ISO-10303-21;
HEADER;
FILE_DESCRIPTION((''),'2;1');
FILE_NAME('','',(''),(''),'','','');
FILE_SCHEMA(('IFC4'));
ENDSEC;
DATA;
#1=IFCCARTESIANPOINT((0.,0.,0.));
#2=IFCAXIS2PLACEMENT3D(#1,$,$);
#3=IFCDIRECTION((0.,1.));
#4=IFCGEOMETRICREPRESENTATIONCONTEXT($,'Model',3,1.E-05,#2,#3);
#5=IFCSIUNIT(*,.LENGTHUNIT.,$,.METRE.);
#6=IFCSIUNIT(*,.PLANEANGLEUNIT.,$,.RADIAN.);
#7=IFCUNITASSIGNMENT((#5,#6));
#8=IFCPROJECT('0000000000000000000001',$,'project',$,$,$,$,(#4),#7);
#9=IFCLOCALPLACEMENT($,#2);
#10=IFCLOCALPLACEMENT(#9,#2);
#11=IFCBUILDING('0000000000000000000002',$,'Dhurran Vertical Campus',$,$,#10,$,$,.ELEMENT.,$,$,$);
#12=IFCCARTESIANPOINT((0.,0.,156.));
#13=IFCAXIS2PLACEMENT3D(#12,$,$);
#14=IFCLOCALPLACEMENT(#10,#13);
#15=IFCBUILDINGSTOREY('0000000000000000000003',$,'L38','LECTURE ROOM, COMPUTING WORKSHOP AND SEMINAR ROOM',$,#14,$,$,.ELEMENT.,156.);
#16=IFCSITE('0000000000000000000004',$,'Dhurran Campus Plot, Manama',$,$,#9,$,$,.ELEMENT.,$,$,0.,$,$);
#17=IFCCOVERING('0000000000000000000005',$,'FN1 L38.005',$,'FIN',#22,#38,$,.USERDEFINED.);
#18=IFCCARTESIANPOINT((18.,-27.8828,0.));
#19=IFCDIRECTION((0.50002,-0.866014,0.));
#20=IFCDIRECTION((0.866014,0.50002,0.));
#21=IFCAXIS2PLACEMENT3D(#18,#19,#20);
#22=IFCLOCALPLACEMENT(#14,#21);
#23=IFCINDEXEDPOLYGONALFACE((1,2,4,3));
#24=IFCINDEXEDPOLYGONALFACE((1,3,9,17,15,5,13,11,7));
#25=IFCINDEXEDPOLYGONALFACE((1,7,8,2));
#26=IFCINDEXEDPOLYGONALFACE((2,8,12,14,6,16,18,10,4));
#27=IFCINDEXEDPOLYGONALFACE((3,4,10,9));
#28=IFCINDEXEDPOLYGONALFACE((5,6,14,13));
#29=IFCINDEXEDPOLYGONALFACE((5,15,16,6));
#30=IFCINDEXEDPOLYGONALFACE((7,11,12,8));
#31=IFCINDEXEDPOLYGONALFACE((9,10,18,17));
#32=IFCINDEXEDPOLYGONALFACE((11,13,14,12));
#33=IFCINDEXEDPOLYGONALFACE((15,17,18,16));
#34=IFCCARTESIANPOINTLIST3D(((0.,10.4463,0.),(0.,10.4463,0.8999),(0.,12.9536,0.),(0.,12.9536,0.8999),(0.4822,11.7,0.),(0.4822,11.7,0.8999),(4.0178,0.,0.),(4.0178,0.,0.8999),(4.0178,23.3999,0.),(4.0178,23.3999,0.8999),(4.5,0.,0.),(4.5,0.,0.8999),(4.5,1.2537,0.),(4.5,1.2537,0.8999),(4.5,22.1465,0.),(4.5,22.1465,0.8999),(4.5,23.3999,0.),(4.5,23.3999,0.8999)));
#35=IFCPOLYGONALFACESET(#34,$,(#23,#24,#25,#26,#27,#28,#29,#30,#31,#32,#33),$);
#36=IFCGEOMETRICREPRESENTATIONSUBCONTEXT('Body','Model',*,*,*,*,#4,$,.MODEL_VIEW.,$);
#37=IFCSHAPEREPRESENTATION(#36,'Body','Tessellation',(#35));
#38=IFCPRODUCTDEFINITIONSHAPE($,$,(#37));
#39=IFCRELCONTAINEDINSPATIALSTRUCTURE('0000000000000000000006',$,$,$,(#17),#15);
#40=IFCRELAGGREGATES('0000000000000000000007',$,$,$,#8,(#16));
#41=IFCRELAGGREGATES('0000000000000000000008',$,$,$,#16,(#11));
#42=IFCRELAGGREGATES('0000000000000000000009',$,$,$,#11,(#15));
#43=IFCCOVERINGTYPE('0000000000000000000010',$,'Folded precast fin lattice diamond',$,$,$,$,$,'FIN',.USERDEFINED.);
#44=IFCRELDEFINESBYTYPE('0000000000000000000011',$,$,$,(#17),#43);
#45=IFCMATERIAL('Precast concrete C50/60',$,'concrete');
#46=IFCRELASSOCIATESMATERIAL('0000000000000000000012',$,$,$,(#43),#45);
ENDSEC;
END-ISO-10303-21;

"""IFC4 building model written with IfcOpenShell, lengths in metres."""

from ifc_helpers import new_model, si_unit, direction, frame, origin, place, context, subcontext, project, spatial, polyline, outline, extrude, material, type_object, element, save


model = new_model("IFC4")

# Units and contexts
model_context = context("Model", 3, precision=1e-05, world=origin(), true_north=direction((0.0, 1.0)))
body_context = subcontext(model_context, "Body", "Model", "MODEL_VIEW")
ifc_project = project(units=[si_unit("LENGTHUNIT", "METRE"), si_unit("PLANEANGLEUNIT", "RADIAN")], contexts=[model_context])

# Site, building, storey
site_placement = place(None, origin())
site = spatial("IfcSite", under=ifc_project, at=site_placement, Name="Dhurran Campus Plot, Manama", CompositionType="ELEMENT", RefElevation=0.0)
building_placement = place(site_placement, origin())
building = spatial("IfcBuilding", under=site, at=building_placement, Name="Dhurran Vertical Campus", CompositionType="ELEMENT")
storey_placement = place(building_placement, frame((0.0, 0.0, 156.0)))
storey = spatial("IfcBuildingStorey", under=building, at=storey_placement, Name="L38", Description="LECTURE ROOM, COMPUTING WORKSHOP AND SEMINAR ROOM", CompositionType="ELEMENT", Elevation=156.0)

# Covering
ifc_material_1 = material(Name="Precast concrete C50/60", Category="concrete")
covering_type = type_object("IfcCoveringType", Name="Folded precast fin lattice diamond", ElementType="FIN", PredefinedType="USERDEFINED", material=ifc_material_1)
covering_1_placement = place(storey_placement, frame((18.0, -27.8828, 0.0), z_axis=(0.50002, -0.866014, 0.0), x_axis=(0.866014, 0.50002, 0.0)))
element("IfcCovering", 1, at=covering_1_placement, inside=storey, type_object=covering_type, Name="FN1 L38.005", ObjectType="FIN", PredefinedType="USERDEFINED", context=body_context, shape_type="SweptSolid", body=[
    extrude(outline(polyline([(4.0178, 0.0), (0.0, 10.4463), (0.0, 12.9536), (4.0178, 23.3999), (4.5, 23.3999), (4.5, 22.1465), (0.4822, 11.7), (4.5, 1.2537), (4.5, 0.0), (4.0178, 0.0)])), origin(), (0.0, 0.0, 1.0), 0.8999),
])

save(model, "model.ifc")
